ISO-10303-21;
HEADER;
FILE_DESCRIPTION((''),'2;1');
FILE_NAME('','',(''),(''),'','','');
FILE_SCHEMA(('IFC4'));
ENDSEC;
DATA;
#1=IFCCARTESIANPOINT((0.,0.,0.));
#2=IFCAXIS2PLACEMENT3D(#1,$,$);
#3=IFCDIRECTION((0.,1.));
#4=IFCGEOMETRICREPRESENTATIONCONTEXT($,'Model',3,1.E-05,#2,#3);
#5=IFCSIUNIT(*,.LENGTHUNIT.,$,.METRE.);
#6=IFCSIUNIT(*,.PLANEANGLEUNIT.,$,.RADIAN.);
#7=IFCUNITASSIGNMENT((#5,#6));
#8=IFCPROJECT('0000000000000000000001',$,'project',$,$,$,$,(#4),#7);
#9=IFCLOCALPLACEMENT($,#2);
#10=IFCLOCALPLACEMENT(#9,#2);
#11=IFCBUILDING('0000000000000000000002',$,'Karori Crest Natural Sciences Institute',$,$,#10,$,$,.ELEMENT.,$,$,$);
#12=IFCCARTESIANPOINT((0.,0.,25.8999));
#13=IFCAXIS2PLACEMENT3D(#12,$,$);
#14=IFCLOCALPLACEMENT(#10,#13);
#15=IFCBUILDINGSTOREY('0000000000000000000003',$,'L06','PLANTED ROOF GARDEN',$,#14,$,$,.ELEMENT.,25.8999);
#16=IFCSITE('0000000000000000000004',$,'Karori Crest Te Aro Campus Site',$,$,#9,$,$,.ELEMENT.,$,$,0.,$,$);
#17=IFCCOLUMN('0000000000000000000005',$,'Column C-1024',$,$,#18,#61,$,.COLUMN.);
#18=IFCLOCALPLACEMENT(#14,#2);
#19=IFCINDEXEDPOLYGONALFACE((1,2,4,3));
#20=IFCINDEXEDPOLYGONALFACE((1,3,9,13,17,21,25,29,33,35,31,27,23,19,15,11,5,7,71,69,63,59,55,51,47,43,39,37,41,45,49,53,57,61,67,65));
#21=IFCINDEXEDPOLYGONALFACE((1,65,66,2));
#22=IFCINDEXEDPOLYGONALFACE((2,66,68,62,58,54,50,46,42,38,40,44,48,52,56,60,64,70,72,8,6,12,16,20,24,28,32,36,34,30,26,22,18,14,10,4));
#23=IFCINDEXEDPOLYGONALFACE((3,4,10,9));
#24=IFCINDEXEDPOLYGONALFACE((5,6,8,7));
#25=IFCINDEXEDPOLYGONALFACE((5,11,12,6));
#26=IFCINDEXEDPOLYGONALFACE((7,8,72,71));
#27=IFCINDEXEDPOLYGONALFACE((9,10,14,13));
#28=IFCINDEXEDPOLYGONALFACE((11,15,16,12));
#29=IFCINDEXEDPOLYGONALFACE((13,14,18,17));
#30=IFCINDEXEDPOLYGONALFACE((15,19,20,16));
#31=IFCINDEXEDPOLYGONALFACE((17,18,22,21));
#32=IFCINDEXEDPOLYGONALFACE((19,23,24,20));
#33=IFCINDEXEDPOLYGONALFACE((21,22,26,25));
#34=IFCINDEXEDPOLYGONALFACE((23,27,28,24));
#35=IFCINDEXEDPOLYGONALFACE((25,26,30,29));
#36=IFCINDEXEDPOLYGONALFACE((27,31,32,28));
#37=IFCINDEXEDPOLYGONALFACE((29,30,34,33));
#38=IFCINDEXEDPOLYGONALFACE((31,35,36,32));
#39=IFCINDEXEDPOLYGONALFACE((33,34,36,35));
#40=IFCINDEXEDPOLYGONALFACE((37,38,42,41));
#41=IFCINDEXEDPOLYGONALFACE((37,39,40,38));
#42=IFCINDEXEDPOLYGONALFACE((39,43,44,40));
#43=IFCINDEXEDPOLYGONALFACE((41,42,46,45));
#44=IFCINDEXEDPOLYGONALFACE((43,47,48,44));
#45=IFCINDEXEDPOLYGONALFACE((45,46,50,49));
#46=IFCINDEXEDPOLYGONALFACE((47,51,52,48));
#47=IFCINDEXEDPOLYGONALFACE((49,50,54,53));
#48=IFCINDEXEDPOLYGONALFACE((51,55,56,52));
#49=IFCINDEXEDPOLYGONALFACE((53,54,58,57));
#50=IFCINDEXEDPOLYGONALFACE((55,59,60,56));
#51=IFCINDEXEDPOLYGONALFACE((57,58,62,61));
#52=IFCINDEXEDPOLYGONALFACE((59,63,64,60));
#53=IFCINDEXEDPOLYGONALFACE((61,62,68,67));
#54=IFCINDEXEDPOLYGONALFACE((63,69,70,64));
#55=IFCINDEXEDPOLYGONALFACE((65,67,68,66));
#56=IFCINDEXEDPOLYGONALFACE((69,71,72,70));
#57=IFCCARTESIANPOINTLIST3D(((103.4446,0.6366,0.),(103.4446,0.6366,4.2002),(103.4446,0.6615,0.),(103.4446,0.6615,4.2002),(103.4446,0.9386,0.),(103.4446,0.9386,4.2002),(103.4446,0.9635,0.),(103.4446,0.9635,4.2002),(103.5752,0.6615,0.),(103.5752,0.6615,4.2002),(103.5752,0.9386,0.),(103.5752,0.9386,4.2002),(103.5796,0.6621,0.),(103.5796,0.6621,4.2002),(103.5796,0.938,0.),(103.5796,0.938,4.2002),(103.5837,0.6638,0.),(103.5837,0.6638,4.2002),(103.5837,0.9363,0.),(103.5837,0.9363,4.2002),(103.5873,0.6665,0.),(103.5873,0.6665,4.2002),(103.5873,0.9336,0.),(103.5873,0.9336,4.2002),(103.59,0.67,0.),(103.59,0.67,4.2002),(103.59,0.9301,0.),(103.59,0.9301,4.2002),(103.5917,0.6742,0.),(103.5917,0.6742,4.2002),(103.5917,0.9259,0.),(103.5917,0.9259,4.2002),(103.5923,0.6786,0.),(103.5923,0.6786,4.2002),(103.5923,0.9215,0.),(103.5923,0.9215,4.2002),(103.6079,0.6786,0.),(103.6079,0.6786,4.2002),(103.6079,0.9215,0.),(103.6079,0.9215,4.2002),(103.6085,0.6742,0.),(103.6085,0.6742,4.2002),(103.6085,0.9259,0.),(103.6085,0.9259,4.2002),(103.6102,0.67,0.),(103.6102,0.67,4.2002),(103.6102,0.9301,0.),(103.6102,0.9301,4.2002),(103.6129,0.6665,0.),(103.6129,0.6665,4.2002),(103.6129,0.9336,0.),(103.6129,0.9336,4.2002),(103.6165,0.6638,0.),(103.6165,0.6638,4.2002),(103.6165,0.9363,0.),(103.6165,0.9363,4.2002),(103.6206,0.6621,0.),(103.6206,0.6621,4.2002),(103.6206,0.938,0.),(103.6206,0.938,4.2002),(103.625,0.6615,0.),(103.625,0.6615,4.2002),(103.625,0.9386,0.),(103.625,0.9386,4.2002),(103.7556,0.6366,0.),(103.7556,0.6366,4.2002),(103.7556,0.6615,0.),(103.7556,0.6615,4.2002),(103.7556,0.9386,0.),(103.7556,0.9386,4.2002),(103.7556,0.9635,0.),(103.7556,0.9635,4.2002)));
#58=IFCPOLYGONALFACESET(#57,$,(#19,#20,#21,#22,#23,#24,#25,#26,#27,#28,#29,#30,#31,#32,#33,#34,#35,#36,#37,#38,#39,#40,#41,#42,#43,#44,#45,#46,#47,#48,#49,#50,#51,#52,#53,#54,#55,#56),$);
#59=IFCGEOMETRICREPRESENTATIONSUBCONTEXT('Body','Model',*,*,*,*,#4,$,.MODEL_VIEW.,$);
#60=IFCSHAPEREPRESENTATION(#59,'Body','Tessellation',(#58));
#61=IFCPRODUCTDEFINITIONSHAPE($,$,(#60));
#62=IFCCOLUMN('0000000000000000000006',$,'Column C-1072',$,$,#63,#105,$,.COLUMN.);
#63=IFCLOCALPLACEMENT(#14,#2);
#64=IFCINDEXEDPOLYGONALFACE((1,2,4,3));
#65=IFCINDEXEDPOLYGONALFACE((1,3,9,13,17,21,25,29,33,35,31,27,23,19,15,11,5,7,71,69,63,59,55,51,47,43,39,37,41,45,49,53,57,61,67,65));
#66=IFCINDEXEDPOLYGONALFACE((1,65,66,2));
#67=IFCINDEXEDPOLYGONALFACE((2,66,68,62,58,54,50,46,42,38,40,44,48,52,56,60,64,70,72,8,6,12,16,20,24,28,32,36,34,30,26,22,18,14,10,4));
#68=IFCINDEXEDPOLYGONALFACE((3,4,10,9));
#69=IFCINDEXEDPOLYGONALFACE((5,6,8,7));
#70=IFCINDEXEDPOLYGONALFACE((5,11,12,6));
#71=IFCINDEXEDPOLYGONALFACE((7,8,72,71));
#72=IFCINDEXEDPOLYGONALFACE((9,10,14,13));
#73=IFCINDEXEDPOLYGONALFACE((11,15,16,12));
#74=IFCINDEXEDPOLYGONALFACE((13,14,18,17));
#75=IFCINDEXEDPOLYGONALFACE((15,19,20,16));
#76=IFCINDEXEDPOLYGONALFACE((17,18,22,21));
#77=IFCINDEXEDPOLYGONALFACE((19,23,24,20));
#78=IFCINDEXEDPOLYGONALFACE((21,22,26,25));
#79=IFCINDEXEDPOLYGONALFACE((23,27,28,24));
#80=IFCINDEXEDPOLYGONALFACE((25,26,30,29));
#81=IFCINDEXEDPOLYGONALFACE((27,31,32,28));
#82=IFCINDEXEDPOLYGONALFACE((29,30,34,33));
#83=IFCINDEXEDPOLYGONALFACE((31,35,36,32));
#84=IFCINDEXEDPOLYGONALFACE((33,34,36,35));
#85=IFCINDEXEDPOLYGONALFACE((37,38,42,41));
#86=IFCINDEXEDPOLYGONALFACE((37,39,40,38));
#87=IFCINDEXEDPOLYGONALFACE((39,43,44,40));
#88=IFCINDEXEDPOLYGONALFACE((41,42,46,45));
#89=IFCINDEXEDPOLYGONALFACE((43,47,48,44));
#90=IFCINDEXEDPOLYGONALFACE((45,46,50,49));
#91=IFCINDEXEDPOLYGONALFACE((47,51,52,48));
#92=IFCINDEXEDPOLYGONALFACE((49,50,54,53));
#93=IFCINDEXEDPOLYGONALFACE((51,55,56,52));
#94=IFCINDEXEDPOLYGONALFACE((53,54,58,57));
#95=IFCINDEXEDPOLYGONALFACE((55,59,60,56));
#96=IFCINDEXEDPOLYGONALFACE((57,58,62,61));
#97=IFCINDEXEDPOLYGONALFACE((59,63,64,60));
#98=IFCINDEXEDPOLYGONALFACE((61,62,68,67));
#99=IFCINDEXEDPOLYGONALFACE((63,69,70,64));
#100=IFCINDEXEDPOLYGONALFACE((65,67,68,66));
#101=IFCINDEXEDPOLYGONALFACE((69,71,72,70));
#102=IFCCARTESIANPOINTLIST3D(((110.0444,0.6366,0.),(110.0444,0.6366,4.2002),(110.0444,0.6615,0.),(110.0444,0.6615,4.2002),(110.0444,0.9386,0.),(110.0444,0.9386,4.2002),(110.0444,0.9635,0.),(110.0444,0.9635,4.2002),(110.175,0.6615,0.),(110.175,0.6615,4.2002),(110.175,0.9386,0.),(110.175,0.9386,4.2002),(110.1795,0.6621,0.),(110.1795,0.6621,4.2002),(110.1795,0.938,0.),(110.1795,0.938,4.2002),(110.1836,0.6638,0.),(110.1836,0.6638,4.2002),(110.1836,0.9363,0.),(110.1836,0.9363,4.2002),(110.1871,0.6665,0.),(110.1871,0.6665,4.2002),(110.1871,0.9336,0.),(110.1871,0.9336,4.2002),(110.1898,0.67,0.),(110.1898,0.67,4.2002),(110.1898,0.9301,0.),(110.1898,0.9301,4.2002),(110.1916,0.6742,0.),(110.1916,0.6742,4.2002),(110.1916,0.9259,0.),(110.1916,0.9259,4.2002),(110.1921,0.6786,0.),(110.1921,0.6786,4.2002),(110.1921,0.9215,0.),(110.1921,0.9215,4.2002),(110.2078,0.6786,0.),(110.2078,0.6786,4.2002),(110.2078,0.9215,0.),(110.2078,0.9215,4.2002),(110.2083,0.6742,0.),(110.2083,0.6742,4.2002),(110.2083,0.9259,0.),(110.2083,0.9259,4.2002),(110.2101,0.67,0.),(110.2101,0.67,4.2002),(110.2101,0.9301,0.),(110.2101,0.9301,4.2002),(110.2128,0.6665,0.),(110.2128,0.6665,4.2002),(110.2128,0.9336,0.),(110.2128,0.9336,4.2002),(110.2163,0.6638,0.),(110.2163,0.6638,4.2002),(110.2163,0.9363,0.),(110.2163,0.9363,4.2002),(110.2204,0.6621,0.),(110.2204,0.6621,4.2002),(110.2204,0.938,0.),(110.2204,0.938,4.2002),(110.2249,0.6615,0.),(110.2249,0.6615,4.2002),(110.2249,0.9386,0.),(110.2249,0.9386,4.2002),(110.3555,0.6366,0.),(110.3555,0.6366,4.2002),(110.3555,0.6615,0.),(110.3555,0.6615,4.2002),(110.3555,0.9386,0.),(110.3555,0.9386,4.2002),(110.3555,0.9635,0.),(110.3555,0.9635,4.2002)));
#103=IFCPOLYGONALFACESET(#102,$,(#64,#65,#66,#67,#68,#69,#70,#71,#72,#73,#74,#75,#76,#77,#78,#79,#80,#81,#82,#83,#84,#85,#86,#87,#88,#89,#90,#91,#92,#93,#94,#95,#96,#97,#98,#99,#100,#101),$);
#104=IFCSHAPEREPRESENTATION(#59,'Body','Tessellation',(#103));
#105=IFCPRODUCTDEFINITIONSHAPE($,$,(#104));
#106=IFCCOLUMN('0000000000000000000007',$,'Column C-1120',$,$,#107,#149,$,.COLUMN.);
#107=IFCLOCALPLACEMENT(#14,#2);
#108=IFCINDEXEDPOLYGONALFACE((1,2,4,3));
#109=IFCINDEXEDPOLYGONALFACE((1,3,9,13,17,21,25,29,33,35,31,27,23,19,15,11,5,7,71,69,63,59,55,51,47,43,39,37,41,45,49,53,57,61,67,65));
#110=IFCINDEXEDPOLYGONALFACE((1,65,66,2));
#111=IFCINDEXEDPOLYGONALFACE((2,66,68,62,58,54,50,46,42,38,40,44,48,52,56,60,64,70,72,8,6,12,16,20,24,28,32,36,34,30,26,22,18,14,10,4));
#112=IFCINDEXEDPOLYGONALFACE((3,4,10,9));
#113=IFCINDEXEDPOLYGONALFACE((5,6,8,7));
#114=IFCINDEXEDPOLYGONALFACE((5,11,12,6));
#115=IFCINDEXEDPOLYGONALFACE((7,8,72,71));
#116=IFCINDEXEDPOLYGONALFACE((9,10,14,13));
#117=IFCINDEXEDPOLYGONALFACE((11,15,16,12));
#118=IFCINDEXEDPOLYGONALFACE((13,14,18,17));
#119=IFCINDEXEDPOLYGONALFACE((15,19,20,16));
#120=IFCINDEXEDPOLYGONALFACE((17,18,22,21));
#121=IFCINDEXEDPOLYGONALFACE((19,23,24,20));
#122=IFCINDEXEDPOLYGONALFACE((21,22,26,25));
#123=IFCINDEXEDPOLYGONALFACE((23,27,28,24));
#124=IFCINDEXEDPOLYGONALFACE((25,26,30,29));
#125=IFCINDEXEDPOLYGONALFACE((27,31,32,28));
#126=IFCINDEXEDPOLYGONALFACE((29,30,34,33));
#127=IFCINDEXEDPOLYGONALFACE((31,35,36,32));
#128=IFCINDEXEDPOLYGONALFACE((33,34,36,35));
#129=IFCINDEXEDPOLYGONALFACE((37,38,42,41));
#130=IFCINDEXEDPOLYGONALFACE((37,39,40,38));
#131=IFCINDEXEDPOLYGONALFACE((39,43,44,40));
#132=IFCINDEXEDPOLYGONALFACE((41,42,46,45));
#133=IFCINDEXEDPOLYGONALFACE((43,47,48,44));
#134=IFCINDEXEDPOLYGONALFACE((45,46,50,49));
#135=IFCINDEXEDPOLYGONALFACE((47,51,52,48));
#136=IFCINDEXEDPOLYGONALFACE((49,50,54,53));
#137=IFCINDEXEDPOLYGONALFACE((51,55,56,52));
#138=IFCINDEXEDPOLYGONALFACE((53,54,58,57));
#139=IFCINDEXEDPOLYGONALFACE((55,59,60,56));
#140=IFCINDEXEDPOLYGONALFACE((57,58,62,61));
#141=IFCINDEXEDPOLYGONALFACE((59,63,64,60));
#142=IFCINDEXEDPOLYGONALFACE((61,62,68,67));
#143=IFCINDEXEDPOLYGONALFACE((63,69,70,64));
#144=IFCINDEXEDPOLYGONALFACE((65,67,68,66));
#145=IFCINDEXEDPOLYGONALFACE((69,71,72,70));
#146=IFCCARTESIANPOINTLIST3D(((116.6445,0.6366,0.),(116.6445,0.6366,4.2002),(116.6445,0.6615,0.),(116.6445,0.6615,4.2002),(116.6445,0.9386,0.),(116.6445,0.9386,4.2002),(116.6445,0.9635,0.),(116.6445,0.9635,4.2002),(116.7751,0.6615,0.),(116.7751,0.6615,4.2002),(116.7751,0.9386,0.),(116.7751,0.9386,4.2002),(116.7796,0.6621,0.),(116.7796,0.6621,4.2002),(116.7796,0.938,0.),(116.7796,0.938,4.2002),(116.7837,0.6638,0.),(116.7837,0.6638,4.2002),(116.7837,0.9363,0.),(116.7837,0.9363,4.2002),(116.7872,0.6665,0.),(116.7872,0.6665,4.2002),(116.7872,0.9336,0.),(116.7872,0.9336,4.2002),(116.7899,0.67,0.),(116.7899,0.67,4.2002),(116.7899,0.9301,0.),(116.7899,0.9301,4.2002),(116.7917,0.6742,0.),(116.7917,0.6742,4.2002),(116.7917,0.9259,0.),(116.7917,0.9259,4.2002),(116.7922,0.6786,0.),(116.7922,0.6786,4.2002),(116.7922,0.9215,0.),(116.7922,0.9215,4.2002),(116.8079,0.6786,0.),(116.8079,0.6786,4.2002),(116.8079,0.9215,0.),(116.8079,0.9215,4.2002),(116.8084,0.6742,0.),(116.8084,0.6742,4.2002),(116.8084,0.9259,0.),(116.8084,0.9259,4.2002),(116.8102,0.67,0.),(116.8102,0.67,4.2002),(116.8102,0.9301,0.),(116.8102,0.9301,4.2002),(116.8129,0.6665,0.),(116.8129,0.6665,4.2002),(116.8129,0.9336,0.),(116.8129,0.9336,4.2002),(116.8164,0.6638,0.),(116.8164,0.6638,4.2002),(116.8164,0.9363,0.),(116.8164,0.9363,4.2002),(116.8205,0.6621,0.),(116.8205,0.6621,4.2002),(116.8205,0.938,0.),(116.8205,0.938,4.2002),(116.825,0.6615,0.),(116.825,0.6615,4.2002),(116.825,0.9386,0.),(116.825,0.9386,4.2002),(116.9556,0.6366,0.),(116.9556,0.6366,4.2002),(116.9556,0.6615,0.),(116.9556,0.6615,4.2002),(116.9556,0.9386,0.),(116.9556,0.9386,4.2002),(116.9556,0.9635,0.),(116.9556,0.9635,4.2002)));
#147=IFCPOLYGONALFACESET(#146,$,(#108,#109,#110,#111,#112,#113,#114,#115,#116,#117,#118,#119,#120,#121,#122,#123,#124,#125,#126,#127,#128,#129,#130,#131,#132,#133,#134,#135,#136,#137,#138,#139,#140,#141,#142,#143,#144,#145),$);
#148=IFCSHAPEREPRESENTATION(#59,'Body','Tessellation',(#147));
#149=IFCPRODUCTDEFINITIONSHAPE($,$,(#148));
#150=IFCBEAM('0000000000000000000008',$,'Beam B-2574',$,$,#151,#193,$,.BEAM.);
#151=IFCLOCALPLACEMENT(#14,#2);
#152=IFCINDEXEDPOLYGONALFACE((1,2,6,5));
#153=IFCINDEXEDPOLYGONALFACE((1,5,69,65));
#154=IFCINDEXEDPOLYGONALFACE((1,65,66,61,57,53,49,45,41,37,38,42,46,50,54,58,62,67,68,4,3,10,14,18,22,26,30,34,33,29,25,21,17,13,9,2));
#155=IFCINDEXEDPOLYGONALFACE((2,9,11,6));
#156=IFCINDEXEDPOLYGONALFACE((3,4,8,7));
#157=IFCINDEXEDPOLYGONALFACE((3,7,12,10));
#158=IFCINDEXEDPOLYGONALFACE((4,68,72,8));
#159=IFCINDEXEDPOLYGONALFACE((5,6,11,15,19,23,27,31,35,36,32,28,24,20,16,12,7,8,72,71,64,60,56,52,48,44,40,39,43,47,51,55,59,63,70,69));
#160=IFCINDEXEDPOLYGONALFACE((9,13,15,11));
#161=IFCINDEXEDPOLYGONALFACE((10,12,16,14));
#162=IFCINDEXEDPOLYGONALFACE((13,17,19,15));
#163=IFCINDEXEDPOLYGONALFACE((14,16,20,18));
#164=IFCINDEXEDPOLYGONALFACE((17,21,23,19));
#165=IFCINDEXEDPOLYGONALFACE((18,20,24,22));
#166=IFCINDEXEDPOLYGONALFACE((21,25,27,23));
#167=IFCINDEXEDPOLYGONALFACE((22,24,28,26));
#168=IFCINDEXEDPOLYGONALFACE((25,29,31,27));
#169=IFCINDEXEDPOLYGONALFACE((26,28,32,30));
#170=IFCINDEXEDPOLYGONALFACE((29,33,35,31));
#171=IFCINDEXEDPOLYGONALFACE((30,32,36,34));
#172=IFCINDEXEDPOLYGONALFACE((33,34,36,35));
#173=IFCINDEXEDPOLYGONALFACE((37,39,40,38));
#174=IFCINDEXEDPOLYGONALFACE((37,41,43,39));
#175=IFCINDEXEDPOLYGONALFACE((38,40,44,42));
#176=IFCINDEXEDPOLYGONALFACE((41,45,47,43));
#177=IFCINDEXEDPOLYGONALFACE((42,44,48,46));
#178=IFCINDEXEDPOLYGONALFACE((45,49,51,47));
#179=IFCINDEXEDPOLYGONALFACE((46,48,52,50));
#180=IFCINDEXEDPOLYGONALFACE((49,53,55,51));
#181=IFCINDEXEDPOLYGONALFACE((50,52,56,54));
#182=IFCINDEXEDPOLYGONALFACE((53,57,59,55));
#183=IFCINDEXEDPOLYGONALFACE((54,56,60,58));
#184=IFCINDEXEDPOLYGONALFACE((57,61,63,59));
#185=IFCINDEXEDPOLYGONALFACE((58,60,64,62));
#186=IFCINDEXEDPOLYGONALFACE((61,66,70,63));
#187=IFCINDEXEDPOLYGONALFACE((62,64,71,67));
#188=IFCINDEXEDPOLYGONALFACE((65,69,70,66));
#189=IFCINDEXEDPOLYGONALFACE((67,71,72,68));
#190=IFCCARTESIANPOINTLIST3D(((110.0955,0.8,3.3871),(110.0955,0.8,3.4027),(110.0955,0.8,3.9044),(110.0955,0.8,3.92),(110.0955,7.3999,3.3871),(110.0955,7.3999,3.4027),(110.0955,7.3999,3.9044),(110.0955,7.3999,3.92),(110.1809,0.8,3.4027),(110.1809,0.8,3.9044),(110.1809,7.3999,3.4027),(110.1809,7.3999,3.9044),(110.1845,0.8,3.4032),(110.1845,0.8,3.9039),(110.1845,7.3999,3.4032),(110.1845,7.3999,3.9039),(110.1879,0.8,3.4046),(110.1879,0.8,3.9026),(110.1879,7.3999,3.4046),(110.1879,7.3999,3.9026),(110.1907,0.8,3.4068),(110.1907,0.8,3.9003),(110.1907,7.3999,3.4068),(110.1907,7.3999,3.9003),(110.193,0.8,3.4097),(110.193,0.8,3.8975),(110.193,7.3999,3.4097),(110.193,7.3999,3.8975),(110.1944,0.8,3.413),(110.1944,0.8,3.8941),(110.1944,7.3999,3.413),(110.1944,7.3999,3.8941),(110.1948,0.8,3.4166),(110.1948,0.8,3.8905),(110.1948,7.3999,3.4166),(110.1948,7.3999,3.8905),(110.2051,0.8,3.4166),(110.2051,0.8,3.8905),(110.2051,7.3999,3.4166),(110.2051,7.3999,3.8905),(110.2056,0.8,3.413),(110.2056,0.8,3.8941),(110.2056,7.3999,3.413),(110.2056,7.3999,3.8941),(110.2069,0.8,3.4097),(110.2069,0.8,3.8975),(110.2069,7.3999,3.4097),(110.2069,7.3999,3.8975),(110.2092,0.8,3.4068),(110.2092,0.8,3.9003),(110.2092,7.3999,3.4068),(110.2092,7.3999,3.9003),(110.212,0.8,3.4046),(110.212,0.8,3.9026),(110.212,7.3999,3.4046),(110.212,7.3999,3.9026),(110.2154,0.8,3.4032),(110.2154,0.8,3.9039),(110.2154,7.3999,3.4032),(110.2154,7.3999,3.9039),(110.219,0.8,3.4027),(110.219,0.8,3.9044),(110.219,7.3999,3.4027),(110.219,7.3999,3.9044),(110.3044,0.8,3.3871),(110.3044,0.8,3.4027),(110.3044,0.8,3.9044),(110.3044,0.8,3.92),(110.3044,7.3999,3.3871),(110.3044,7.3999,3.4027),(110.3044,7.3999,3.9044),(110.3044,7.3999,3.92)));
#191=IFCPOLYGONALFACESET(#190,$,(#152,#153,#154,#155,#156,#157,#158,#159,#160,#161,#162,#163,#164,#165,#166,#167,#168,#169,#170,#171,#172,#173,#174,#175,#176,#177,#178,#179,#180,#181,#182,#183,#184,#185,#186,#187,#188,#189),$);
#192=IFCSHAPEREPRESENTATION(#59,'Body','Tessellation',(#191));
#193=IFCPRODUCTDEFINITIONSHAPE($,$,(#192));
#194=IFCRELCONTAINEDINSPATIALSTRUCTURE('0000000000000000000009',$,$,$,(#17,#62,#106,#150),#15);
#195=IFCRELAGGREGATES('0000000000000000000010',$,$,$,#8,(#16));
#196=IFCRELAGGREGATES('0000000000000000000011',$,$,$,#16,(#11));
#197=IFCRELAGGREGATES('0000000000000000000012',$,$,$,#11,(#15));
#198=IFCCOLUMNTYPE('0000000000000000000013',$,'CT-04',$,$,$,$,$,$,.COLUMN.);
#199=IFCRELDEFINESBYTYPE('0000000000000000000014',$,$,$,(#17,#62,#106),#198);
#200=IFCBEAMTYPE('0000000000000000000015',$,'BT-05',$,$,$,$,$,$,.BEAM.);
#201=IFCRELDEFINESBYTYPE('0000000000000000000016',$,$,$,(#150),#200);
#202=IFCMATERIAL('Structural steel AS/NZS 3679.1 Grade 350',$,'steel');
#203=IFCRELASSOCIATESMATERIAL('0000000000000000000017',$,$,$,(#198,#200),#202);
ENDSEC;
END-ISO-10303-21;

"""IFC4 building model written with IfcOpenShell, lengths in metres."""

from ifc_helpers import new_model, si_unit, direction, frame, origin, origin_2d, place, context, subcontext, project, spatial, i_section, extrude, material, material_profile, profile_set, type_object, element, save


model = new_model("IFC4")

# Units and contexts
model_context = context("Model", 3, precision=1e-05, world=origin(), true_north=direction((0.0, 1.0)))
body_context = subcontext(model_context, "Body", "Model", "MODEL_VIEW")
ifc_project = project(units=[si_unit("LENGTHUNIT", "METRE"), si_unit("PLANEANGLEUNIT", "RADIAN")], contexts=[model_context])

# Site, building, storey
site_placement = place(None, origin())
site = spatial("IfcSite", under=ifc_project, at=site_placement, Name="Karori Crest Te Aro Campus Site", CompositionType="ELEMENT", RefElevation=0.0)
building_placement = place(site_placement, origin())
building = spatial("IfcBuilding", under=site, at=building_placement, Name="Karori Crest Natural Sciences Institute", CompositionType="ELEMENT")
storey_placement = place(building_placement, frame((0.0, 0.0, 25.8999)))
storey = spatial("IfcBuildingStorey", under=building, at=storey_placement, Name="L06", Description="PLANTED ROOF GARDEN", CompositionType="ELEMENT", Elevation=25.8999)

# Columns
ifc_material_1 = material(Name="Structural steel AS/NZS 3679.1 Grade 350", Category="steel")
ifc_material_profile_1 = material_profile(ifc_material_1, i_section(OverallWidth=0.311, OverallDepth=0.3269, WebThickness=0.0156, FlangeThickness=0.0249, FilletRadius=0.0171, at=origin_2d()), Name="310UC158")
ifc_profile_set_1 = profile_set([ifc_material_profile_1], Name="Structural steel AS/NZS 3679.1 Grade 350")
column_type = type_object("IfcColumnType", Name="CT-04", PredefinedType="COLUMN", material=ifc_profile_set_1)
for number, where, z_axis, x_axis, name in (
    (1, (103.6001, 0.8, 0.0), (0.0, 0.0, 1.0), (1.0, 0.0, 0.0), "Column C-1024"),
    (2, (110.2, 0.8, 0.0), (0.0, 0.0, 1.0), (1.0, 0.0, 0.0), "Column C-1072"),
    (3, (116.8, 0.8, 0.0), (0.0, 0.0, 1.0), (1.0, 0.0, 0.0), "Column C-1120"),
):
    element("IfcColumn", number, at=place(storey_placement, frame(where, z_axis=z_axis, x_axis=x_axis)), inside=storey, type_object=column_type, Name=name, PredefinedType="COLUMN", context=body_context, shape_type="SweptSolid", body=[
        extrude(i_section(OverallWidth=0.311, OverallDepth=0.3269, WebThickness=0.0156, FlangeThickness=0.0249, FilletRadius=0.0171, at=origin_2d()), origin(), (0.0, 0.0, 1.0), 4.2002),
    ])

# Beam
ifc_material_profile_2 = material_profile(ifc_material_1, i_section(OverallWidth=0.209, OverallDepth=0.533, WebThickness=0.0103, FlangeThickness=0.0156, FilletRadius=0.0139, at=origin_2d()), Name="530UB92.4")
ifc_profile_set_2 = profile_set([ifc_material_profile_2], Name="Structural steel AS/NZS 3679.1 Grade 350")
beam_type_1 = type_object("IfcBeamType", Name="BT-05", PredefinedType="BEAM", material=ifc_profile_set_2)
beam_1_placement = place(storey_placement, frame((110.2, 0.8, 3.6536), z_axis=(0.0, 1.0, 0.0), x_axis=(-1.0, 0.0, 0.0)))
element("IfcBeam", 4, at=beam_1_placement, inside=storey, type_object=beam_type_1, Name="Beam B-2574", PredefinedType="BEAM", context=body_context, shape_type="SweptSolid", body=[
    extrude(i_section(OverallWidth=0.209, OverallDepth=0.533, WebThickness=0.0103, FlangeThickness=0.0156, FilletRadius=0.0139, at=origin_2d()), origin(), (0.0, 0.0, 1.0), 6.5999),
])

save(model, "model.ifc")
